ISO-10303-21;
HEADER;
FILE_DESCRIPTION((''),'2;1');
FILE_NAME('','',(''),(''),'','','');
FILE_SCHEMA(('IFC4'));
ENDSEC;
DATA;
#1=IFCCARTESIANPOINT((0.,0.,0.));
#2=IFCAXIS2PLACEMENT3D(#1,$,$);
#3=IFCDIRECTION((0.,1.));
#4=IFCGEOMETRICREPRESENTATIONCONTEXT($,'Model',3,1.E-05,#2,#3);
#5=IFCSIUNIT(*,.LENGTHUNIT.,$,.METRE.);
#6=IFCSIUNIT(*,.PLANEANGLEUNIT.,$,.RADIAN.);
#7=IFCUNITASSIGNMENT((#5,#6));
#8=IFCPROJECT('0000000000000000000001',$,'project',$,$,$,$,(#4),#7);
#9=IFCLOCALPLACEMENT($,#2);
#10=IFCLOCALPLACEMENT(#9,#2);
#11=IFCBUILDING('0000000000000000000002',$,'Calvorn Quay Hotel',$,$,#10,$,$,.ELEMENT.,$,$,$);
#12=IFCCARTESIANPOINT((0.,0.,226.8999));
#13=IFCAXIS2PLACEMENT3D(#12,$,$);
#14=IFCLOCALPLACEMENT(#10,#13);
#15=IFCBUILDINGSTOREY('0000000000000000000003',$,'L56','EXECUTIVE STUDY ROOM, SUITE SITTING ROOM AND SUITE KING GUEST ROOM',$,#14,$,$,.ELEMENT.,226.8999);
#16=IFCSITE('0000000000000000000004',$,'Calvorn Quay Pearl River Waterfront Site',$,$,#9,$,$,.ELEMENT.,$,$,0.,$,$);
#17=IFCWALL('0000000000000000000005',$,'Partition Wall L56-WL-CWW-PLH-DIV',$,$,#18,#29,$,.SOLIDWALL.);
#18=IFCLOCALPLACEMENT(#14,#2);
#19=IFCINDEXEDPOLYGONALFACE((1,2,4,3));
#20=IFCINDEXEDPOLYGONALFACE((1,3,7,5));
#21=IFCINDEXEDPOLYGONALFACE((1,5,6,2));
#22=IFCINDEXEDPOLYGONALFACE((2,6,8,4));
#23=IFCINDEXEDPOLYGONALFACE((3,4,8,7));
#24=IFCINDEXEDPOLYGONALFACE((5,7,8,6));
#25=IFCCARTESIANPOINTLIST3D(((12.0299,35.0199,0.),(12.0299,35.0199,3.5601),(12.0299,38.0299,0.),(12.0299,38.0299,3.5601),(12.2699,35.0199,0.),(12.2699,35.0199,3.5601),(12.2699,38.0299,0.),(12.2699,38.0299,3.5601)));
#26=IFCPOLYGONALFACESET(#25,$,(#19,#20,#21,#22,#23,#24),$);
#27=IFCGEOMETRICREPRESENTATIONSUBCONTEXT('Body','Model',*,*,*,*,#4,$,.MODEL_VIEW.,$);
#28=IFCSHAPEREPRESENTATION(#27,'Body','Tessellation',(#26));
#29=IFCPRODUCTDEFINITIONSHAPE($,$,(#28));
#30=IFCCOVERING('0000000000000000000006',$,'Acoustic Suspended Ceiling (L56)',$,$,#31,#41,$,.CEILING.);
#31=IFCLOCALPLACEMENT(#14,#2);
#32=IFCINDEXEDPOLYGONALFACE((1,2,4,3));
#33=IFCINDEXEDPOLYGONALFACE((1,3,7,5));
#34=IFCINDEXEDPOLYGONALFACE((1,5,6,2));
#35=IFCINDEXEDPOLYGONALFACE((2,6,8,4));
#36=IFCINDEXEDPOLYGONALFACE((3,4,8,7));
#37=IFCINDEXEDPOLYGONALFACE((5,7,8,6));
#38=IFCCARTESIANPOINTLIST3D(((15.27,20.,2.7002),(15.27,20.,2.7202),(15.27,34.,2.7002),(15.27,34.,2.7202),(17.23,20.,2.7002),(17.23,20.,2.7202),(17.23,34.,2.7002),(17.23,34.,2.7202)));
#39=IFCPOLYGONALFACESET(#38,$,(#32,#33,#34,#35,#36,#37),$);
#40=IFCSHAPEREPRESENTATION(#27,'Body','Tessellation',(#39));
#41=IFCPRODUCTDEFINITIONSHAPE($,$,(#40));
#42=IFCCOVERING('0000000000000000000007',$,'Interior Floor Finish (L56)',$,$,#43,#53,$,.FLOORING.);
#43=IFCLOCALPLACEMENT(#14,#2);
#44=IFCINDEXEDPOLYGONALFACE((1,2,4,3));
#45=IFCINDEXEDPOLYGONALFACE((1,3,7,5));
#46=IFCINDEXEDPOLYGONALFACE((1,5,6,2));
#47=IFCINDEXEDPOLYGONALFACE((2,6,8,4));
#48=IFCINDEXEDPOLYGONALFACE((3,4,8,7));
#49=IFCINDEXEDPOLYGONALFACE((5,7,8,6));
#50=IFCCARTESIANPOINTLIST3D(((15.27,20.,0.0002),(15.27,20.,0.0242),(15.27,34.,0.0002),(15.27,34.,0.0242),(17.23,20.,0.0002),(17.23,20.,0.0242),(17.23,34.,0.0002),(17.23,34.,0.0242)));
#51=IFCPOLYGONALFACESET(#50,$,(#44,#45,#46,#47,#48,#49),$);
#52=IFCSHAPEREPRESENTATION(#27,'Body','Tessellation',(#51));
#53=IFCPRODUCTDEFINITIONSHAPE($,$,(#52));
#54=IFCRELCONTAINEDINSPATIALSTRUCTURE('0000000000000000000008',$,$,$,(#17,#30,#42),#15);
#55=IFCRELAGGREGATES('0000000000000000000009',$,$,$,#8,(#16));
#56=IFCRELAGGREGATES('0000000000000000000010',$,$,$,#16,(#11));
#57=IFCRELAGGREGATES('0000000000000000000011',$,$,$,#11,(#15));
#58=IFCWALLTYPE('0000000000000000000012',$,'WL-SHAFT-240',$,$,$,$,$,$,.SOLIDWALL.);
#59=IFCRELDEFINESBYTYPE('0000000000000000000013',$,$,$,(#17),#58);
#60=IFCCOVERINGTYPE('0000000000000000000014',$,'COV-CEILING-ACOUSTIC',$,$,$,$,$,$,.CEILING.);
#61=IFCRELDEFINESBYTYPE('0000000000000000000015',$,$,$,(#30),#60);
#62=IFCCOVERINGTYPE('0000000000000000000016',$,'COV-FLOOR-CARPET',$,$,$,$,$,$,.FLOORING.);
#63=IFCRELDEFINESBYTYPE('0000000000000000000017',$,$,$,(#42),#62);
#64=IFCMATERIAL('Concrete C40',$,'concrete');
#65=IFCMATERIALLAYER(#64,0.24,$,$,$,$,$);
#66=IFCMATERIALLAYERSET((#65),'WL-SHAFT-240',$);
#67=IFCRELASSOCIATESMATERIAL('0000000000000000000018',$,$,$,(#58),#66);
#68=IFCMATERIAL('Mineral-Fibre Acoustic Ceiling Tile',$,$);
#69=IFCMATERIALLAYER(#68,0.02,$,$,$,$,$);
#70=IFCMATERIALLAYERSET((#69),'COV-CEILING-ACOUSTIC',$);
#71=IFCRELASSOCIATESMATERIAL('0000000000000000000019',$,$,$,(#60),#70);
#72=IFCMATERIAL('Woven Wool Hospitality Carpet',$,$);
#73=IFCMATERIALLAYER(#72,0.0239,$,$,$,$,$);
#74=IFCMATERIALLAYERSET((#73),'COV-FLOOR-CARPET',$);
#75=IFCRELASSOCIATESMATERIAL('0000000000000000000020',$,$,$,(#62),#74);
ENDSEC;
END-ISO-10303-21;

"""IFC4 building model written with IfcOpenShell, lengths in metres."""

from ifc_helpers import new_model, si_unit, direction, frame, frame_2d, origin, origin_2d, place, context, subcontext, project, spatial, rectangle, extrude, material, layer, layer_set, type_object, element, save


model = new_model("IFC4")

# Units and contexts
model_context = context("Model", 3, precision=1e-05, world=origin(), true_north=direction((0.0, 1.0)))
body_context = subcontext(model_context, "Body", "Model", "MODEL_VIEW")
ifc_project = project(units=[si_unit("LENGTHUNIT", "METRE"), si_unit("PLANEANGLEUNIT", "RADIAN")], contexts=[model_context])

# Site, building, storey
site_placement = place(None, origin())
site = spatial("IfcSite", under=ifc_project, at=site_placement, Name="Calvorn Quay Pearl River Waterfront Site", CompositionType="ELEMENT", RefElevation=0.0)
building_placement = place(site_placement, origin())
building = spatial("IfcBuilding", under=site, at=building_placement, Name="Calvorn Quay Hotel", CompositionType="ELEMENT")
storey_placement = place(building_placement, frame((0.0, 0.0, 226.8999)))
storey = spatial("IfcBuildingStorey", under=building, at=storey_placement, Name="L56", Description="EXECUTIVE STUDY ROOM, SUITE SITTING ROOM AND SUITE KING GUEST ROOM", CompositionType="ELEMENT", Elevation=226.8999)

# Wall
ifc_material_1 = material(Name="Concrete C40", Category="concrete")
ifc_layer_1 = layer(ifc_material_1, 0.24)
ifc_layer_set_1 = layer_set([ifc_layer_1], Name="WL-SHAFT-240")
wall_type_1 = type_object("IfcWallType", Name="WL-SHAFT-240", PredefinedType="SOLIDWALL", material=ifc_layer_set_1)
wall_1_placement = place(storey_placement, frame((12.1499, 35.02, 0.0), z_axis=(0.0, 0.0, 1.0), x_axis=(0.0, 1.0, 0.0)))
element("IfcWall", 1, at=wall_1_placement, inside=storey, type_object=wall_type_1, Name="Partition Wall L56-WL-CWW-PLH-DIV", PredefinedType="SOLIDWALL", context=body_context, shape_type="SweptSolid", body=[
    extrude(rectangle(XDim=3.01, YDim=0.24, at=frame_2d((1.5049, 0.0))), origin(), (0.0, 0.0, 1.0), 3.5601),
])

# Coverings
ifc_material_2 = material(Name="Mineral-Fibre Acoustic Ceiling Tile")
ifc_layer_2 = layer(ifc_material_2, 0.02)
ifc_layer_set_2 = layer_set([ifc_layer_2], Name="COV-CEILING-ACOUSTIC")
covering_type_1 = type_object("IfcCoveringType", Name="COV-CEILING-ACOUSTIC", PredefinedType="CEILING", material=ifc_layer_set_2)
covering_1_placement = place(storey_placement, frame((16.25, 27.0, 2.7002), z_axis=(0.0, 0.0, 1.0), x_axis=(1.0, 0.0, 0.0)))
element("IfcCovering", 2, at=covering_1_placement, inside=storey, type_object=covering_type_1, Name="Acoustic Suspended Ceiling (L56)", PredefinedType="CEILING", context=body_context, shape_type="SweptSolid", body=[
    extrude(rectangle(XDim=1.96, YDim=14.0, at=origin_2d()), origin(), (0.0, 0.0, 1.0), 0.02),
])
ifc_material_3 = material(Name="Woven Wool Hospitality Carpet")
ifc_layer_3 = layer(ifc_material_3, 0.0239)
ifc_layer_set_3 = layer_set([ifc_layer_3], Name="COV-FLOOR-CARPET")
covering_type_2 = type_object("IfcCoveringType", Name="COV-FLOOR-CARPET", PredefinedType="FLOORING", material=ifc_layer_set_3)
covering_2_placement = place(storey_placement, frame((16.25, 27.0, 0.0002), z_axis=(0.0, 0.0, 1.0), x_axis=(1.0, 0.0, 0.0)))
element("IfcCovering", 3, at=covering_2_placement, inside=storey, type_object=covering_type_2, Name="Interior Floor Finish (L56)", PredefinedType="FLOORING", context=body_context, shape_type="SweptSolid", body=[
    extrude(rectangle(XDim=1.96, YDim=14.0, at=origin_2d()), origin(), (0.0, 0.0, 1.0), 0.0239),
])

save(model, "model.ifc")
